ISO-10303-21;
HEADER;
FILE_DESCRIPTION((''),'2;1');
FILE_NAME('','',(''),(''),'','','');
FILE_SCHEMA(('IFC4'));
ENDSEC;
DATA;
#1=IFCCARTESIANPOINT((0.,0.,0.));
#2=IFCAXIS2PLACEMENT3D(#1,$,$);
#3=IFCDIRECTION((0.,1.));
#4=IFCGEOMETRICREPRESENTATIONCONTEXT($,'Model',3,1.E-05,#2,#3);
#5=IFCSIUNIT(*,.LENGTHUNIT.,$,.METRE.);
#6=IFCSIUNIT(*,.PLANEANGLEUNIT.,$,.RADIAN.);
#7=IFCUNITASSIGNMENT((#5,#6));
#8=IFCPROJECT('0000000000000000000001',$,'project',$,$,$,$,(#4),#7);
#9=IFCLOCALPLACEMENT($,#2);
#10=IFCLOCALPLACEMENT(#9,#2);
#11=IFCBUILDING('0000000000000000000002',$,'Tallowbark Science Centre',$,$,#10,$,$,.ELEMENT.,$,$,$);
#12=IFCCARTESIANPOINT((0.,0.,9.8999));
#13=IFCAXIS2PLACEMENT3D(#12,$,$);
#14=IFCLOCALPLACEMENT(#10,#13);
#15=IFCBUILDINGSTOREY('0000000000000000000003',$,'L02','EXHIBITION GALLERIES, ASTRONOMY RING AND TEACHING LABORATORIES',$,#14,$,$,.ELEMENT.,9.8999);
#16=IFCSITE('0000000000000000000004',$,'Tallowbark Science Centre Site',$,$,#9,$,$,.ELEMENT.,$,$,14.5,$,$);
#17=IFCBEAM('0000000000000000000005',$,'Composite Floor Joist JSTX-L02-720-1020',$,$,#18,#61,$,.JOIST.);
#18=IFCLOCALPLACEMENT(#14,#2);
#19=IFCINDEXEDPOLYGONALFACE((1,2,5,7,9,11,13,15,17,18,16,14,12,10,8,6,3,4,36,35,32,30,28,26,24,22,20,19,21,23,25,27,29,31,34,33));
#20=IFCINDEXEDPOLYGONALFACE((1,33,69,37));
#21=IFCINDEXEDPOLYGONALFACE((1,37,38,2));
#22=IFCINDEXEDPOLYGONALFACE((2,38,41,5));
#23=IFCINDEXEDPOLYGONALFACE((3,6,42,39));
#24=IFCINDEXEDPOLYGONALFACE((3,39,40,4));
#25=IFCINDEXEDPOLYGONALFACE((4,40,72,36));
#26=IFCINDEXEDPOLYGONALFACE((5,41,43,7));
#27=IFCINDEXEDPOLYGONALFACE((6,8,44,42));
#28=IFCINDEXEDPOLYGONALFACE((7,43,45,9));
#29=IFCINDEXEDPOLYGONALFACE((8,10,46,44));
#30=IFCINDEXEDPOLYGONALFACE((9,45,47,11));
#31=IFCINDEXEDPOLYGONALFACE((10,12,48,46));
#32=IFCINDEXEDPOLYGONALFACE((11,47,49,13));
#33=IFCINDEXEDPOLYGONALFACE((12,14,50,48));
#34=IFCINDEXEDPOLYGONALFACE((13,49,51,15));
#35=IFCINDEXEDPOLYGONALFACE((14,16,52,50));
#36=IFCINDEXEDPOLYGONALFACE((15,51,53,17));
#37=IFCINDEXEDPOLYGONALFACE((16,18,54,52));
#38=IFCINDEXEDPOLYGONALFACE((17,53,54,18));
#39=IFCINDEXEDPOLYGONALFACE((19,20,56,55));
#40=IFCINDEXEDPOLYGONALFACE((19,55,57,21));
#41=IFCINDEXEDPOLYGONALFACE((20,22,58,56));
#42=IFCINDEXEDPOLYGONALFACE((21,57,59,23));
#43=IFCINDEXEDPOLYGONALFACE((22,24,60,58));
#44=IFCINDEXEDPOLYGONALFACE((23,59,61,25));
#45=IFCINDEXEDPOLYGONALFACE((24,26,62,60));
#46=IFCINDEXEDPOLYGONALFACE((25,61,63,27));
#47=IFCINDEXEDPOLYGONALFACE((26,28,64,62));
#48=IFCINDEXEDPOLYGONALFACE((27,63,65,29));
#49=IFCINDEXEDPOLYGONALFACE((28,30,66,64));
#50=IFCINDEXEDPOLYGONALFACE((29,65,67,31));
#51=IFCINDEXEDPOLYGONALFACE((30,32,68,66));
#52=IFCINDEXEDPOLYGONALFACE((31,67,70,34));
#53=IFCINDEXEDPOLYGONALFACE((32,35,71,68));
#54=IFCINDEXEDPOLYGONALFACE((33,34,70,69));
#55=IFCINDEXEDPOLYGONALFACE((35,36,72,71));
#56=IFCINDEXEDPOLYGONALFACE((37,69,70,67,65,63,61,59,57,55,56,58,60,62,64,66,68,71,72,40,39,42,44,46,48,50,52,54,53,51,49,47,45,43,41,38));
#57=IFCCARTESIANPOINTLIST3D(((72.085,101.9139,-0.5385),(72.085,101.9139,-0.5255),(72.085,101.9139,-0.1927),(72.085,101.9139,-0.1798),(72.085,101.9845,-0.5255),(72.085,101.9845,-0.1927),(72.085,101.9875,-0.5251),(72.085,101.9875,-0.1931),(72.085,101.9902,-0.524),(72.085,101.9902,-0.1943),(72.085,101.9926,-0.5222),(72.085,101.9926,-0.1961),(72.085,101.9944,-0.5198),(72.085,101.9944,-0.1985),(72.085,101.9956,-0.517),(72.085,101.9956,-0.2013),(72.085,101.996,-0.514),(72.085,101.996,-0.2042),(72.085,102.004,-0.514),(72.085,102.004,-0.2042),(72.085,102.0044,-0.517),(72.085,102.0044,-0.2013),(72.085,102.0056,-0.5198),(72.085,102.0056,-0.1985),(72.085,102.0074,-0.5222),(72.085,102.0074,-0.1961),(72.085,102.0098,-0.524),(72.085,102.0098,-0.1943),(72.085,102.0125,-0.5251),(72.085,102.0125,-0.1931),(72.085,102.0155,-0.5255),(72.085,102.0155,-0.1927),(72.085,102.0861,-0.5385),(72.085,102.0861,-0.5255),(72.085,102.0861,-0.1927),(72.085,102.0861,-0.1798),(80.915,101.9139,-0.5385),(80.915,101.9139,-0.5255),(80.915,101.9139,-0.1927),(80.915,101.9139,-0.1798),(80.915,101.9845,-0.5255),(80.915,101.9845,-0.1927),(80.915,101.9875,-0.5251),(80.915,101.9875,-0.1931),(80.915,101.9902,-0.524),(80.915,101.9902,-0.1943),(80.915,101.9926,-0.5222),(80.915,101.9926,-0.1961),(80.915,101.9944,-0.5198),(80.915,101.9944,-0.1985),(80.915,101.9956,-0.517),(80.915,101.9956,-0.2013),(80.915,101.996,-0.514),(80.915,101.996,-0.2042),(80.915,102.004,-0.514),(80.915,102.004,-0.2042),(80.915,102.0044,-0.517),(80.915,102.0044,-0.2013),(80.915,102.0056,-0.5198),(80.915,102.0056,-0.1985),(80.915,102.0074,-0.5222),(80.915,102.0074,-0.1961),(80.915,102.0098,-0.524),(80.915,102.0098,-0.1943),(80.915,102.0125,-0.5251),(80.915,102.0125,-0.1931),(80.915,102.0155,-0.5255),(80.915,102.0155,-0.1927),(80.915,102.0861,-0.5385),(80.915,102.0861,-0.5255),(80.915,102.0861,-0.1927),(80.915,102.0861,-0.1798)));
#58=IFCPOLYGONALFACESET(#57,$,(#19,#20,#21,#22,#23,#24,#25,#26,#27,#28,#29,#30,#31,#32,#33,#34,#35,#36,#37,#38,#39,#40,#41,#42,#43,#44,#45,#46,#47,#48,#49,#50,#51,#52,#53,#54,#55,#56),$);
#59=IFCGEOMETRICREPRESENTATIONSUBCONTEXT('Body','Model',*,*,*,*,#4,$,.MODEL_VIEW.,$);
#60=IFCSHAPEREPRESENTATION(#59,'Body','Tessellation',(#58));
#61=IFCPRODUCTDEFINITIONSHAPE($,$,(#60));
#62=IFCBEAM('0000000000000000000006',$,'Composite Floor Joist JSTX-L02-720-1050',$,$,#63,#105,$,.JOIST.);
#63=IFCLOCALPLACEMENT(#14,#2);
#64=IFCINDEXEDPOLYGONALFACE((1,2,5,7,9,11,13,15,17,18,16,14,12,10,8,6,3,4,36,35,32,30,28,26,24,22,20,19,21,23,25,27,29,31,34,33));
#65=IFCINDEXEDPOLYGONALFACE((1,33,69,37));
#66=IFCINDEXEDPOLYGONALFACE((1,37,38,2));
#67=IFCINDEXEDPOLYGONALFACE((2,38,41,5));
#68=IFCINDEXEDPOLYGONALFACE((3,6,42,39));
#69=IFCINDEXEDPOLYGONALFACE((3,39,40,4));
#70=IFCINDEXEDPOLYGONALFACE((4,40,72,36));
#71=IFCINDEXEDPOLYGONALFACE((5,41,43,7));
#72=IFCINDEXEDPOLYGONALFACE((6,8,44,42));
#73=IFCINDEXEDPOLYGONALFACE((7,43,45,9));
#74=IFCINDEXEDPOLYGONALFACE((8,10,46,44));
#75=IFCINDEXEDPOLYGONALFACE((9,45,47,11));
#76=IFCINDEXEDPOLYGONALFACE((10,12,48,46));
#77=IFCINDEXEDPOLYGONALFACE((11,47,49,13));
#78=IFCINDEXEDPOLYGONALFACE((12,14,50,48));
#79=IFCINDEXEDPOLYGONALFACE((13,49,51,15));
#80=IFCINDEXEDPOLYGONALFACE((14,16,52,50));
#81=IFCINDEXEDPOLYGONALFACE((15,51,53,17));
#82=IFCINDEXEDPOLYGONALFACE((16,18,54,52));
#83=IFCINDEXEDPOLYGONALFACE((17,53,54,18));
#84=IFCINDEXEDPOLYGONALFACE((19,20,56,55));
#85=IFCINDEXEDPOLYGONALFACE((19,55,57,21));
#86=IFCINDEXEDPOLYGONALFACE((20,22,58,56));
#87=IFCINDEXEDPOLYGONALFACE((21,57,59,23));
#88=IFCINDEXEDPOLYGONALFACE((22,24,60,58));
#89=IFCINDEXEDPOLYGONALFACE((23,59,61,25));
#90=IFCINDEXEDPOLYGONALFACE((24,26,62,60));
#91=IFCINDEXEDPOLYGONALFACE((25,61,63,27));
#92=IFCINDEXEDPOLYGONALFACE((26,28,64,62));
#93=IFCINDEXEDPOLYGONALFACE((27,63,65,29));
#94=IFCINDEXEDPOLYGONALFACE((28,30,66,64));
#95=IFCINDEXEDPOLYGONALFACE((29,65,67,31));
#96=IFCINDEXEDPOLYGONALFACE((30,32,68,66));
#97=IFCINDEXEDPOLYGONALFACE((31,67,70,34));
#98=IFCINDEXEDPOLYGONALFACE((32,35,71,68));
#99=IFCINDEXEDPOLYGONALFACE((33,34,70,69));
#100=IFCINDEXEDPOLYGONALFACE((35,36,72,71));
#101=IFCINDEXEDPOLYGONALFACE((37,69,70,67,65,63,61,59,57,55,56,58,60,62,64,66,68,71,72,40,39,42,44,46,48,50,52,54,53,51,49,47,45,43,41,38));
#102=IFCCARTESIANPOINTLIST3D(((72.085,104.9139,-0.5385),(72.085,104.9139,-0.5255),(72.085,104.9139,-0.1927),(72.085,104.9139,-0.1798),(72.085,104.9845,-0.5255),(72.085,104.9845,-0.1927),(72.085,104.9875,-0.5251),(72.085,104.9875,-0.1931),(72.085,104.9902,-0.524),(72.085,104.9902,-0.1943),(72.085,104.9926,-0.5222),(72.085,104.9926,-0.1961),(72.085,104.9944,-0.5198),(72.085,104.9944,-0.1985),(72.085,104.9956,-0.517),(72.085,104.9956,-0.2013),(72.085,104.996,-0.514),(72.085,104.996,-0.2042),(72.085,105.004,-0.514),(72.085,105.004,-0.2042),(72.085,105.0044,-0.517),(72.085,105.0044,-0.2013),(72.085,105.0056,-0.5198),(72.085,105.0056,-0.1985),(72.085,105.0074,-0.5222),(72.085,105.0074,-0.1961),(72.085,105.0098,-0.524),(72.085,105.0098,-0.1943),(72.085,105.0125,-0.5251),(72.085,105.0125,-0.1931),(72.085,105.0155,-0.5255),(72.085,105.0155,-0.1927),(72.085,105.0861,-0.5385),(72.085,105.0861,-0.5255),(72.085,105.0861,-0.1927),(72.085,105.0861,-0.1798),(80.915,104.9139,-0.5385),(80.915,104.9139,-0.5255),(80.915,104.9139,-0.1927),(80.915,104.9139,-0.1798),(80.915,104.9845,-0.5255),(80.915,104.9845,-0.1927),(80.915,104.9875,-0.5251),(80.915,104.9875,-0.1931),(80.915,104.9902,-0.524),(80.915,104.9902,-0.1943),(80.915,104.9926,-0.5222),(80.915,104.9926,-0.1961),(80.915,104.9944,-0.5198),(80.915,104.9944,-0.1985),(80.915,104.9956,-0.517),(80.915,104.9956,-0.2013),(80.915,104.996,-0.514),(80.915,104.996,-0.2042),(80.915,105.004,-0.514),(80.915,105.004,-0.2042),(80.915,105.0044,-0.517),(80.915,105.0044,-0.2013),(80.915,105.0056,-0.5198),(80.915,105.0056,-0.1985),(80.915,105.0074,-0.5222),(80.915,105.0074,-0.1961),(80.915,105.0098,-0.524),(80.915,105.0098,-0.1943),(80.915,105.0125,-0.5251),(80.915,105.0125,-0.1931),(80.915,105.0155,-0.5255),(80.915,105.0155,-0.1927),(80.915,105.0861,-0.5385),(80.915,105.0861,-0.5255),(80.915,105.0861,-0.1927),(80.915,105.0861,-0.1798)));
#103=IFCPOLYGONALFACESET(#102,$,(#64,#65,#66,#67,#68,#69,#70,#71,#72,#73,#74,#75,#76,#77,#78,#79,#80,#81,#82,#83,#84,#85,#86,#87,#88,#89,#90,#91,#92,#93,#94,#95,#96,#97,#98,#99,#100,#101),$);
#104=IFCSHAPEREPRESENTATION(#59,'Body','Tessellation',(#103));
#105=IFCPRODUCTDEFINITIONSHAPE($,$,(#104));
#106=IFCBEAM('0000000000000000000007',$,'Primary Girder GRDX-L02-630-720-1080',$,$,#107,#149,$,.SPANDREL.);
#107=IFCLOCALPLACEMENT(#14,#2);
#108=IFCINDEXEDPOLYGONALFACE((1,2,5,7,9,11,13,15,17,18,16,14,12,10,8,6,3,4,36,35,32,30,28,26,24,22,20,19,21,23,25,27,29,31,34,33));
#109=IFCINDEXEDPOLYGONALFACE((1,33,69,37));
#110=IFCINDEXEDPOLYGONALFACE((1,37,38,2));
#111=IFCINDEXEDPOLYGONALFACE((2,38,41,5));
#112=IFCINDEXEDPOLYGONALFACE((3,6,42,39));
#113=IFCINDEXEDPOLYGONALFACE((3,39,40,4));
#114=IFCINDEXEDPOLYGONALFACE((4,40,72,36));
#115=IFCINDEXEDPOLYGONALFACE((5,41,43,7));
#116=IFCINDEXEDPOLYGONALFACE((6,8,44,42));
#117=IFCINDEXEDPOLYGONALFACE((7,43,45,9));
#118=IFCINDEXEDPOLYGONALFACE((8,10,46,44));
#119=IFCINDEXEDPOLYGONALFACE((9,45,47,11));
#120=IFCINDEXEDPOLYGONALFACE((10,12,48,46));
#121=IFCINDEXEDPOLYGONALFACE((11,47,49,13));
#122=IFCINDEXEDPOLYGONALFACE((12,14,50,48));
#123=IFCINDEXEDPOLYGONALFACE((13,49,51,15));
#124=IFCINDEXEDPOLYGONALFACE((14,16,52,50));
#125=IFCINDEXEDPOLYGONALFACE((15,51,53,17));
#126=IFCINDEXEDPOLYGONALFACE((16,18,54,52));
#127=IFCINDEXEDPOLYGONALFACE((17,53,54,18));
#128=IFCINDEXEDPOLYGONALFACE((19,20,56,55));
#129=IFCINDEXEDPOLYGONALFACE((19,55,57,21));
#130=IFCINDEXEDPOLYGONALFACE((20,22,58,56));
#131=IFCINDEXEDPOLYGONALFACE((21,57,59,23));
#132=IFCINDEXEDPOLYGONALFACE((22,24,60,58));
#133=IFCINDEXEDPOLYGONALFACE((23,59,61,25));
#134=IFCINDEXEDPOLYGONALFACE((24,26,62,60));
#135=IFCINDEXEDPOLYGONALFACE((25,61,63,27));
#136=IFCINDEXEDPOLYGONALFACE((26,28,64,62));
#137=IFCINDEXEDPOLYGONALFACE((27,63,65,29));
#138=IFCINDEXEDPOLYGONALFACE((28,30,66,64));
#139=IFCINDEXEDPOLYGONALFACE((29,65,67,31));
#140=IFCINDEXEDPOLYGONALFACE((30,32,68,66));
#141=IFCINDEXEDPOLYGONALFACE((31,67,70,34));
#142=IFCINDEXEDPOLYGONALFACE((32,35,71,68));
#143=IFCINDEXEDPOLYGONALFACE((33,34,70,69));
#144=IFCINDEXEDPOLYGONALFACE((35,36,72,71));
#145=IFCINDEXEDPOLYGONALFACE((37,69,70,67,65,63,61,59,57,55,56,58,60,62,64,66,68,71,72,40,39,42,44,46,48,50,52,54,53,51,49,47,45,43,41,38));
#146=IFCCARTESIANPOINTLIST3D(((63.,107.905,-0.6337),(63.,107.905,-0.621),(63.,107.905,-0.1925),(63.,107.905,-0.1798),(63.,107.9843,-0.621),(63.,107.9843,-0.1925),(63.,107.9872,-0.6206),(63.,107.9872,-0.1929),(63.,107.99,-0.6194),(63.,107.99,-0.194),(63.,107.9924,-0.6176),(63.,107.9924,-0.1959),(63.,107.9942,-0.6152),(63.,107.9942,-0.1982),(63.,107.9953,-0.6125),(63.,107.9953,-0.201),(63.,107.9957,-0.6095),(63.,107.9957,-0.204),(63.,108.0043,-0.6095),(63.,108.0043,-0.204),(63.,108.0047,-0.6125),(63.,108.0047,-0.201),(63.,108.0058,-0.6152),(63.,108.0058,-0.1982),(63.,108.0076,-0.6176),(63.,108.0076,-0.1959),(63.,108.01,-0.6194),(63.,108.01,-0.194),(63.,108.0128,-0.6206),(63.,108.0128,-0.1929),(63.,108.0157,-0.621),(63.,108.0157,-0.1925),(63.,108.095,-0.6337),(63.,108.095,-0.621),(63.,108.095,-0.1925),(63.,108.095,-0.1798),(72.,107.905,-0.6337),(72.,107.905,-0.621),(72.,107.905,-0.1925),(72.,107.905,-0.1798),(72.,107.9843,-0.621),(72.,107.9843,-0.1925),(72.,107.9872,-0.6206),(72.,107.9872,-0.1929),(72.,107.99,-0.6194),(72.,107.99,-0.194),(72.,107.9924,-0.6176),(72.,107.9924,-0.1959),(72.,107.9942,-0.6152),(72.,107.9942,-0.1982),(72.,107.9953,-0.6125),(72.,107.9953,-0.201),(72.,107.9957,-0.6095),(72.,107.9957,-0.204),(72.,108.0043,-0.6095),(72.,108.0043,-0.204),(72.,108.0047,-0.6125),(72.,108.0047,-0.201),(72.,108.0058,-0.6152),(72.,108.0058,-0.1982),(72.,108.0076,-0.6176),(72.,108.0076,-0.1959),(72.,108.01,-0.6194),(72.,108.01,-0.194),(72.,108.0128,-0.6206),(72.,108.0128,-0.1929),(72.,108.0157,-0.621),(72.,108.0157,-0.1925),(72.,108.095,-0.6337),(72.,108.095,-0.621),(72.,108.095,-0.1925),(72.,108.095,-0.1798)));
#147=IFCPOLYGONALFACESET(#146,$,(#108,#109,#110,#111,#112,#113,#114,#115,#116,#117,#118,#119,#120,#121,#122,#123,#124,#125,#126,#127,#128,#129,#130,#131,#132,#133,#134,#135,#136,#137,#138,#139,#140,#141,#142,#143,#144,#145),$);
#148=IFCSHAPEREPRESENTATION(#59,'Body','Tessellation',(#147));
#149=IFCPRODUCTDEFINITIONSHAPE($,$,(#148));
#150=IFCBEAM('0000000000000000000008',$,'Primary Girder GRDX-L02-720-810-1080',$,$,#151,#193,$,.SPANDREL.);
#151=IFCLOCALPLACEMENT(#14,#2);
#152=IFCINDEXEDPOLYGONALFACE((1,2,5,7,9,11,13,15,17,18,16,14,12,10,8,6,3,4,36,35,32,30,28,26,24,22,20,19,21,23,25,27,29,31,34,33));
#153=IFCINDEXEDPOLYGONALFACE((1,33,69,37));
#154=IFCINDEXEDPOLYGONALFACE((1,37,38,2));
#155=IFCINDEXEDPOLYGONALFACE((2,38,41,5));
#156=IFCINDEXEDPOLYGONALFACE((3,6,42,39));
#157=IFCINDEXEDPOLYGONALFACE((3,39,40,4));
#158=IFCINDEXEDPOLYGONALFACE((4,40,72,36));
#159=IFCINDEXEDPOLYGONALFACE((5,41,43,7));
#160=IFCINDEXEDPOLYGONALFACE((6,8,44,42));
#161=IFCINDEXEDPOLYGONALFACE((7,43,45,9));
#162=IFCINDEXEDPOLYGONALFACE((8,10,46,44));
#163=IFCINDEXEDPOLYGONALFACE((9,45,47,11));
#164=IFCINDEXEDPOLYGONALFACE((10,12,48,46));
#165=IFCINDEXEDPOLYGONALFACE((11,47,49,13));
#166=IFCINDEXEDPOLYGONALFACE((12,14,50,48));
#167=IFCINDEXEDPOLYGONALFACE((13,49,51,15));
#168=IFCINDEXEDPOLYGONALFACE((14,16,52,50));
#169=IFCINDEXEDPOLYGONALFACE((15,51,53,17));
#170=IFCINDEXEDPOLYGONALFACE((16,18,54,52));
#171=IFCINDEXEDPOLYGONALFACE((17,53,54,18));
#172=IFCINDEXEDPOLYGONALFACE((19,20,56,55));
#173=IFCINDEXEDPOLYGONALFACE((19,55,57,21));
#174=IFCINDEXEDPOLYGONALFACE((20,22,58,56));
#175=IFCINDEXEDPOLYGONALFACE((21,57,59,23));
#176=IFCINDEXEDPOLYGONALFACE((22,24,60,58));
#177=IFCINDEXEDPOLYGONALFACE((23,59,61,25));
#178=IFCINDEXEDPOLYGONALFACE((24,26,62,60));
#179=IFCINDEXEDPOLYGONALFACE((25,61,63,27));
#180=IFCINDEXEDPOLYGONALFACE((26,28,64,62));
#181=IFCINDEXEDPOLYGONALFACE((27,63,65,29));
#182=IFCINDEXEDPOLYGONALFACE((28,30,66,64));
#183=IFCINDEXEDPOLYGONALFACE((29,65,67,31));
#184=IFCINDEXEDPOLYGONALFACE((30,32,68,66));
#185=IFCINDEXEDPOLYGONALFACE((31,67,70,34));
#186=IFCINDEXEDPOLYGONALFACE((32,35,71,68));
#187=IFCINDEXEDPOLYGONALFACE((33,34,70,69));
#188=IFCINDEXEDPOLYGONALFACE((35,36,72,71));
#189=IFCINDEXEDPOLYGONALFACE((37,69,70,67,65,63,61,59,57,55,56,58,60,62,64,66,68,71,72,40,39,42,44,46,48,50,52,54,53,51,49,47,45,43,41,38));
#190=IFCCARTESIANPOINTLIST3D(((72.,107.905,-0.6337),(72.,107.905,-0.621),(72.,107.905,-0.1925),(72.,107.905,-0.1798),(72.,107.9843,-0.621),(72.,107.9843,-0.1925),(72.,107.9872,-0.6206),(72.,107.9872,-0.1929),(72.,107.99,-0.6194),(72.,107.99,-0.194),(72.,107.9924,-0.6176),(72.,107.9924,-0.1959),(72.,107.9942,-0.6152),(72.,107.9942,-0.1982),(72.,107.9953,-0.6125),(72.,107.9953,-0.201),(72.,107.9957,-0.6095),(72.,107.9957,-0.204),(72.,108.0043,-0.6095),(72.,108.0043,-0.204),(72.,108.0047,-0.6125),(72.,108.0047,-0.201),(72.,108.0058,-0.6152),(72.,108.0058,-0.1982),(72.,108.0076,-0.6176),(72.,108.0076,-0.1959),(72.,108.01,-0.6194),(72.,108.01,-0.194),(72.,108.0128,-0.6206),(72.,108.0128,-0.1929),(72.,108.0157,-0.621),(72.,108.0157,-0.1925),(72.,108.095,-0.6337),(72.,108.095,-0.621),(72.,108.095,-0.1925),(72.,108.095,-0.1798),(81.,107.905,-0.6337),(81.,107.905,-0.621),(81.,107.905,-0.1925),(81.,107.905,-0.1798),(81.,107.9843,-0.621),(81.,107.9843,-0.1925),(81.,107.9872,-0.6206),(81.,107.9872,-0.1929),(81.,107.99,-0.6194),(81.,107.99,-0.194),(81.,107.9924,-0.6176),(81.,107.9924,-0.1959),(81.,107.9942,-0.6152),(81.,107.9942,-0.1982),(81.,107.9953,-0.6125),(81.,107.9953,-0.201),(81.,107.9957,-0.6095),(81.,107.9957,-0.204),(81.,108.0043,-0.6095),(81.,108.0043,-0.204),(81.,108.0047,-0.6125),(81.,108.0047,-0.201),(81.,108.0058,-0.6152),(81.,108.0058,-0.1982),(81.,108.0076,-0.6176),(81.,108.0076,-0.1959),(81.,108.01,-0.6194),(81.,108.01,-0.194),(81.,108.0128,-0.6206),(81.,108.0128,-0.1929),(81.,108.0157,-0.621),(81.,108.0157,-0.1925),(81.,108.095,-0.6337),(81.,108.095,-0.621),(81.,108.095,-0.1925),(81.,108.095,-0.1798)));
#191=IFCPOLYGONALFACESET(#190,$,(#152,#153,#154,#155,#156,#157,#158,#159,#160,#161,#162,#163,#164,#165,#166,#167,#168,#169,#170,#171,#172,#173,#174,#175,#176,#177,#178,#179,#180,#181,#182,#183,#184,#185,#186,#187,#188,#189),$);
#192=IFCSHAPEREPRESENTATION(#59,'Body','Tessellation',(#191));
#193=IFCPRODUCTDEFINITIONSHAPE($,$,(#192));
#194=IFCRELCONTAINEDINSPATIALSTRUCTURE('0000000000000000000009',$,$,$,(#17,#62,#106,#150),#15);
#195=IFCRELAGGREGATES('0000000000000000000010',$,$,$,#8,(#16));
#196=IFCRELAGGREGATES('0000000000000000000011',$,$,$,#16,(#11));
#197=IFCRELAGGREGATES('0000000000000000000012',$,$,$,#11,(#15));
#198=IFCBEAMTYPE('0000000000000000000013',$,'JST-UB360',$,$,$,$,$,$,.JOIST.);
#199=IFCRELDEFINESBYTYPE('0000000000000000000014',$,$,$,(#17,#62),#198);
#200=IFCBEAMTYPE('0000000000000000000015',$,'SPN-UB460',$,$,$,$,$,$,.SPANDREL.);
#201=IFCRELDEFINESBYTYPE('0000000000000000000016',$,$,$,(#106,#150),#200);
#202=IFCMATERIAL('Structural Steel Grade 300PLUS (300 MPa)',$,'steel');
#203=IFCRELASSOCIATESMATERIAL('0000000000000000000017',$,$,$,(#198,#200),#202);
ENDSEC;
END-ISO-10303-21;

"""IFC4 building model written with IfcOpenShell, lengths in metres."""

from ifc_helpers import new_model, si_unit, direction, frame, origin, origin_2d, place, context, subcontext, project, spatial, i_section, extrude, material, material_profile, profile_set, type_object, element, save


model = new_model("IFC4")

# Units and contexts
model_context = context("Model", 3, precision=1e-05, world=origin(), true_north=direction((0.0, 1.0)))
body_context = subcontext(model_context, "Body", "Model", "MODEL_VIEW")
ifc_project = project(units=[si_unit("LENGTHUNIT", "METRE"), si_unit("PLANEANGLEUNIT", "RADIAN")], contexts=[model_context])

# Site, building, storey
site_placement = place(None, origin())
site = spatial("IfcSite", under=ifc_project, at=site_placement, Name="Tallowbark Science Centre Site", CompositionType="ELEMENT", RefElevation=14.5)
building_placement = place(site_placement, origin())
building = spatial("IfcBuilding", under=site, at=building_placement, Name="Tallowbark Science Centre", CompositionType="ELEMENT")
storey_placement = place(building_placement, frame((0.0, 0.0, 9.8999)))
storey = spatial("IfcBuildingStorey", under=building, at=storey_placement, Name="L02", Description="EXHIBITION GALLERIES, ASTRONOMY RING AND TEACHING LABORATORIES", CompositionType="ELEMENT", Elevation=9.8999)

# Shared definitions
ifc_material_1 = material(Name="Structural Steel Grade 300PLUS (300 MPa)", Category="steel")

# Beams
ifc_material_profile_1 = material_profile(ifc_material_1, i_section(OverallWidth=0.1721, OverallDepth=0.3586, WebThickness=0.0081, FlangeThickness=0.0129, FilletRadius=0.0115, at=origin_2d()), Name="360UB56.7")
ifc_profile_set_1 = profile_set([ifc_material_profile_1], Name="Structural Steel Grade 300PLUS (300 MPa)")
beam_type_1 = type_object("IfcBeamType", Name="JST-UB360", PredefinedType="JOIST", material=ifc_profile_set_1)
for number, where, z_axis, x_axis, name in (
    (1, (72.085, 102.0, -0.3591), (1.0, 0.0, 0.0), (0.0, 1.0, 0.0), "Composite Floor Joist JSTX-L02-720-1020"),
    (2, (72.085, 105.0, -0.3591), (1.0, 0.0, 0.0), (0.0, 1.0, 0.0), "Composite Floor Joist JSTX-L02-720-1050"),
):
    element("IfcBeam", number, at=place(storey_placement, frame(where, z_axis=z_axis, x_axis=x_axis)), inside=storey, type_object=beam_type_1, Name=name, PredefinedType="JOIST", context=body_context, shape_type="SweptSolid", body=[
        extrude(i_section(OverallWidth=0.1721, OverallDepth=0.3586, WebThickness=0.0081, FlangeThickness=0.0129, FilletRadius=0.0115, at=origin_2d()), origin(), (0.0, 0.0, 1.0), 8.8301),
    ])
ifc_material_profile_2 = material_profile(ifc_material_1, i_section(OverallWidth=0.1899, OverallDepth=0.4539, WebThickness=0.0085, FlangeThickness=0.0127, FilletRadius=0.0115, at=origin_2d()), Name="460UB67.1")
ifc_profile_set_2 = profile_set([ifc_material_profile_2], Name="Structural Steel Grade 300PLUS (300 MPa)")
beam_type_2 = type_object("IfcBeamType", Name="SPN-UB460", PredefinedType="SPANDREL", material=ifc_profile_set_2)
for number, where, z_axis, x_axis, name in (
    (3, (63.0, 108.0, -0.4067), (1.0, 0.0, 0.0), (0.0, 1.0, 0.0), "Primary Girder GRDX-L02-630-720-1080"),
    (4, (72.0, 108.0, -0.4067), (1.0, 0.0, 0.0), (0.0, 1.0, 0.0), "Primary Girder GRDX-L02-720-810-1080"),
):
    element("IfcBeam", number, at=place(storey_placement, frame(where, z_axis=z_axis, x_axis=x_axis)), inside=storey, type_object=beam_type_2, Name=name, PredefinedType="SPANDREL", context=body_context, shape_type="SweptSolid", body=[
        extrude(i_section(OverallWidth=0.1899, OverallDepth=0.4539, WebThickness=0.0085, FlangeThickness=0.0127, FilletRadius=0.0115, at=origin_2d()), origin(), (0.0, 0.0, 1.0), 9.0),
    ])

save(model, "model.ifc")
